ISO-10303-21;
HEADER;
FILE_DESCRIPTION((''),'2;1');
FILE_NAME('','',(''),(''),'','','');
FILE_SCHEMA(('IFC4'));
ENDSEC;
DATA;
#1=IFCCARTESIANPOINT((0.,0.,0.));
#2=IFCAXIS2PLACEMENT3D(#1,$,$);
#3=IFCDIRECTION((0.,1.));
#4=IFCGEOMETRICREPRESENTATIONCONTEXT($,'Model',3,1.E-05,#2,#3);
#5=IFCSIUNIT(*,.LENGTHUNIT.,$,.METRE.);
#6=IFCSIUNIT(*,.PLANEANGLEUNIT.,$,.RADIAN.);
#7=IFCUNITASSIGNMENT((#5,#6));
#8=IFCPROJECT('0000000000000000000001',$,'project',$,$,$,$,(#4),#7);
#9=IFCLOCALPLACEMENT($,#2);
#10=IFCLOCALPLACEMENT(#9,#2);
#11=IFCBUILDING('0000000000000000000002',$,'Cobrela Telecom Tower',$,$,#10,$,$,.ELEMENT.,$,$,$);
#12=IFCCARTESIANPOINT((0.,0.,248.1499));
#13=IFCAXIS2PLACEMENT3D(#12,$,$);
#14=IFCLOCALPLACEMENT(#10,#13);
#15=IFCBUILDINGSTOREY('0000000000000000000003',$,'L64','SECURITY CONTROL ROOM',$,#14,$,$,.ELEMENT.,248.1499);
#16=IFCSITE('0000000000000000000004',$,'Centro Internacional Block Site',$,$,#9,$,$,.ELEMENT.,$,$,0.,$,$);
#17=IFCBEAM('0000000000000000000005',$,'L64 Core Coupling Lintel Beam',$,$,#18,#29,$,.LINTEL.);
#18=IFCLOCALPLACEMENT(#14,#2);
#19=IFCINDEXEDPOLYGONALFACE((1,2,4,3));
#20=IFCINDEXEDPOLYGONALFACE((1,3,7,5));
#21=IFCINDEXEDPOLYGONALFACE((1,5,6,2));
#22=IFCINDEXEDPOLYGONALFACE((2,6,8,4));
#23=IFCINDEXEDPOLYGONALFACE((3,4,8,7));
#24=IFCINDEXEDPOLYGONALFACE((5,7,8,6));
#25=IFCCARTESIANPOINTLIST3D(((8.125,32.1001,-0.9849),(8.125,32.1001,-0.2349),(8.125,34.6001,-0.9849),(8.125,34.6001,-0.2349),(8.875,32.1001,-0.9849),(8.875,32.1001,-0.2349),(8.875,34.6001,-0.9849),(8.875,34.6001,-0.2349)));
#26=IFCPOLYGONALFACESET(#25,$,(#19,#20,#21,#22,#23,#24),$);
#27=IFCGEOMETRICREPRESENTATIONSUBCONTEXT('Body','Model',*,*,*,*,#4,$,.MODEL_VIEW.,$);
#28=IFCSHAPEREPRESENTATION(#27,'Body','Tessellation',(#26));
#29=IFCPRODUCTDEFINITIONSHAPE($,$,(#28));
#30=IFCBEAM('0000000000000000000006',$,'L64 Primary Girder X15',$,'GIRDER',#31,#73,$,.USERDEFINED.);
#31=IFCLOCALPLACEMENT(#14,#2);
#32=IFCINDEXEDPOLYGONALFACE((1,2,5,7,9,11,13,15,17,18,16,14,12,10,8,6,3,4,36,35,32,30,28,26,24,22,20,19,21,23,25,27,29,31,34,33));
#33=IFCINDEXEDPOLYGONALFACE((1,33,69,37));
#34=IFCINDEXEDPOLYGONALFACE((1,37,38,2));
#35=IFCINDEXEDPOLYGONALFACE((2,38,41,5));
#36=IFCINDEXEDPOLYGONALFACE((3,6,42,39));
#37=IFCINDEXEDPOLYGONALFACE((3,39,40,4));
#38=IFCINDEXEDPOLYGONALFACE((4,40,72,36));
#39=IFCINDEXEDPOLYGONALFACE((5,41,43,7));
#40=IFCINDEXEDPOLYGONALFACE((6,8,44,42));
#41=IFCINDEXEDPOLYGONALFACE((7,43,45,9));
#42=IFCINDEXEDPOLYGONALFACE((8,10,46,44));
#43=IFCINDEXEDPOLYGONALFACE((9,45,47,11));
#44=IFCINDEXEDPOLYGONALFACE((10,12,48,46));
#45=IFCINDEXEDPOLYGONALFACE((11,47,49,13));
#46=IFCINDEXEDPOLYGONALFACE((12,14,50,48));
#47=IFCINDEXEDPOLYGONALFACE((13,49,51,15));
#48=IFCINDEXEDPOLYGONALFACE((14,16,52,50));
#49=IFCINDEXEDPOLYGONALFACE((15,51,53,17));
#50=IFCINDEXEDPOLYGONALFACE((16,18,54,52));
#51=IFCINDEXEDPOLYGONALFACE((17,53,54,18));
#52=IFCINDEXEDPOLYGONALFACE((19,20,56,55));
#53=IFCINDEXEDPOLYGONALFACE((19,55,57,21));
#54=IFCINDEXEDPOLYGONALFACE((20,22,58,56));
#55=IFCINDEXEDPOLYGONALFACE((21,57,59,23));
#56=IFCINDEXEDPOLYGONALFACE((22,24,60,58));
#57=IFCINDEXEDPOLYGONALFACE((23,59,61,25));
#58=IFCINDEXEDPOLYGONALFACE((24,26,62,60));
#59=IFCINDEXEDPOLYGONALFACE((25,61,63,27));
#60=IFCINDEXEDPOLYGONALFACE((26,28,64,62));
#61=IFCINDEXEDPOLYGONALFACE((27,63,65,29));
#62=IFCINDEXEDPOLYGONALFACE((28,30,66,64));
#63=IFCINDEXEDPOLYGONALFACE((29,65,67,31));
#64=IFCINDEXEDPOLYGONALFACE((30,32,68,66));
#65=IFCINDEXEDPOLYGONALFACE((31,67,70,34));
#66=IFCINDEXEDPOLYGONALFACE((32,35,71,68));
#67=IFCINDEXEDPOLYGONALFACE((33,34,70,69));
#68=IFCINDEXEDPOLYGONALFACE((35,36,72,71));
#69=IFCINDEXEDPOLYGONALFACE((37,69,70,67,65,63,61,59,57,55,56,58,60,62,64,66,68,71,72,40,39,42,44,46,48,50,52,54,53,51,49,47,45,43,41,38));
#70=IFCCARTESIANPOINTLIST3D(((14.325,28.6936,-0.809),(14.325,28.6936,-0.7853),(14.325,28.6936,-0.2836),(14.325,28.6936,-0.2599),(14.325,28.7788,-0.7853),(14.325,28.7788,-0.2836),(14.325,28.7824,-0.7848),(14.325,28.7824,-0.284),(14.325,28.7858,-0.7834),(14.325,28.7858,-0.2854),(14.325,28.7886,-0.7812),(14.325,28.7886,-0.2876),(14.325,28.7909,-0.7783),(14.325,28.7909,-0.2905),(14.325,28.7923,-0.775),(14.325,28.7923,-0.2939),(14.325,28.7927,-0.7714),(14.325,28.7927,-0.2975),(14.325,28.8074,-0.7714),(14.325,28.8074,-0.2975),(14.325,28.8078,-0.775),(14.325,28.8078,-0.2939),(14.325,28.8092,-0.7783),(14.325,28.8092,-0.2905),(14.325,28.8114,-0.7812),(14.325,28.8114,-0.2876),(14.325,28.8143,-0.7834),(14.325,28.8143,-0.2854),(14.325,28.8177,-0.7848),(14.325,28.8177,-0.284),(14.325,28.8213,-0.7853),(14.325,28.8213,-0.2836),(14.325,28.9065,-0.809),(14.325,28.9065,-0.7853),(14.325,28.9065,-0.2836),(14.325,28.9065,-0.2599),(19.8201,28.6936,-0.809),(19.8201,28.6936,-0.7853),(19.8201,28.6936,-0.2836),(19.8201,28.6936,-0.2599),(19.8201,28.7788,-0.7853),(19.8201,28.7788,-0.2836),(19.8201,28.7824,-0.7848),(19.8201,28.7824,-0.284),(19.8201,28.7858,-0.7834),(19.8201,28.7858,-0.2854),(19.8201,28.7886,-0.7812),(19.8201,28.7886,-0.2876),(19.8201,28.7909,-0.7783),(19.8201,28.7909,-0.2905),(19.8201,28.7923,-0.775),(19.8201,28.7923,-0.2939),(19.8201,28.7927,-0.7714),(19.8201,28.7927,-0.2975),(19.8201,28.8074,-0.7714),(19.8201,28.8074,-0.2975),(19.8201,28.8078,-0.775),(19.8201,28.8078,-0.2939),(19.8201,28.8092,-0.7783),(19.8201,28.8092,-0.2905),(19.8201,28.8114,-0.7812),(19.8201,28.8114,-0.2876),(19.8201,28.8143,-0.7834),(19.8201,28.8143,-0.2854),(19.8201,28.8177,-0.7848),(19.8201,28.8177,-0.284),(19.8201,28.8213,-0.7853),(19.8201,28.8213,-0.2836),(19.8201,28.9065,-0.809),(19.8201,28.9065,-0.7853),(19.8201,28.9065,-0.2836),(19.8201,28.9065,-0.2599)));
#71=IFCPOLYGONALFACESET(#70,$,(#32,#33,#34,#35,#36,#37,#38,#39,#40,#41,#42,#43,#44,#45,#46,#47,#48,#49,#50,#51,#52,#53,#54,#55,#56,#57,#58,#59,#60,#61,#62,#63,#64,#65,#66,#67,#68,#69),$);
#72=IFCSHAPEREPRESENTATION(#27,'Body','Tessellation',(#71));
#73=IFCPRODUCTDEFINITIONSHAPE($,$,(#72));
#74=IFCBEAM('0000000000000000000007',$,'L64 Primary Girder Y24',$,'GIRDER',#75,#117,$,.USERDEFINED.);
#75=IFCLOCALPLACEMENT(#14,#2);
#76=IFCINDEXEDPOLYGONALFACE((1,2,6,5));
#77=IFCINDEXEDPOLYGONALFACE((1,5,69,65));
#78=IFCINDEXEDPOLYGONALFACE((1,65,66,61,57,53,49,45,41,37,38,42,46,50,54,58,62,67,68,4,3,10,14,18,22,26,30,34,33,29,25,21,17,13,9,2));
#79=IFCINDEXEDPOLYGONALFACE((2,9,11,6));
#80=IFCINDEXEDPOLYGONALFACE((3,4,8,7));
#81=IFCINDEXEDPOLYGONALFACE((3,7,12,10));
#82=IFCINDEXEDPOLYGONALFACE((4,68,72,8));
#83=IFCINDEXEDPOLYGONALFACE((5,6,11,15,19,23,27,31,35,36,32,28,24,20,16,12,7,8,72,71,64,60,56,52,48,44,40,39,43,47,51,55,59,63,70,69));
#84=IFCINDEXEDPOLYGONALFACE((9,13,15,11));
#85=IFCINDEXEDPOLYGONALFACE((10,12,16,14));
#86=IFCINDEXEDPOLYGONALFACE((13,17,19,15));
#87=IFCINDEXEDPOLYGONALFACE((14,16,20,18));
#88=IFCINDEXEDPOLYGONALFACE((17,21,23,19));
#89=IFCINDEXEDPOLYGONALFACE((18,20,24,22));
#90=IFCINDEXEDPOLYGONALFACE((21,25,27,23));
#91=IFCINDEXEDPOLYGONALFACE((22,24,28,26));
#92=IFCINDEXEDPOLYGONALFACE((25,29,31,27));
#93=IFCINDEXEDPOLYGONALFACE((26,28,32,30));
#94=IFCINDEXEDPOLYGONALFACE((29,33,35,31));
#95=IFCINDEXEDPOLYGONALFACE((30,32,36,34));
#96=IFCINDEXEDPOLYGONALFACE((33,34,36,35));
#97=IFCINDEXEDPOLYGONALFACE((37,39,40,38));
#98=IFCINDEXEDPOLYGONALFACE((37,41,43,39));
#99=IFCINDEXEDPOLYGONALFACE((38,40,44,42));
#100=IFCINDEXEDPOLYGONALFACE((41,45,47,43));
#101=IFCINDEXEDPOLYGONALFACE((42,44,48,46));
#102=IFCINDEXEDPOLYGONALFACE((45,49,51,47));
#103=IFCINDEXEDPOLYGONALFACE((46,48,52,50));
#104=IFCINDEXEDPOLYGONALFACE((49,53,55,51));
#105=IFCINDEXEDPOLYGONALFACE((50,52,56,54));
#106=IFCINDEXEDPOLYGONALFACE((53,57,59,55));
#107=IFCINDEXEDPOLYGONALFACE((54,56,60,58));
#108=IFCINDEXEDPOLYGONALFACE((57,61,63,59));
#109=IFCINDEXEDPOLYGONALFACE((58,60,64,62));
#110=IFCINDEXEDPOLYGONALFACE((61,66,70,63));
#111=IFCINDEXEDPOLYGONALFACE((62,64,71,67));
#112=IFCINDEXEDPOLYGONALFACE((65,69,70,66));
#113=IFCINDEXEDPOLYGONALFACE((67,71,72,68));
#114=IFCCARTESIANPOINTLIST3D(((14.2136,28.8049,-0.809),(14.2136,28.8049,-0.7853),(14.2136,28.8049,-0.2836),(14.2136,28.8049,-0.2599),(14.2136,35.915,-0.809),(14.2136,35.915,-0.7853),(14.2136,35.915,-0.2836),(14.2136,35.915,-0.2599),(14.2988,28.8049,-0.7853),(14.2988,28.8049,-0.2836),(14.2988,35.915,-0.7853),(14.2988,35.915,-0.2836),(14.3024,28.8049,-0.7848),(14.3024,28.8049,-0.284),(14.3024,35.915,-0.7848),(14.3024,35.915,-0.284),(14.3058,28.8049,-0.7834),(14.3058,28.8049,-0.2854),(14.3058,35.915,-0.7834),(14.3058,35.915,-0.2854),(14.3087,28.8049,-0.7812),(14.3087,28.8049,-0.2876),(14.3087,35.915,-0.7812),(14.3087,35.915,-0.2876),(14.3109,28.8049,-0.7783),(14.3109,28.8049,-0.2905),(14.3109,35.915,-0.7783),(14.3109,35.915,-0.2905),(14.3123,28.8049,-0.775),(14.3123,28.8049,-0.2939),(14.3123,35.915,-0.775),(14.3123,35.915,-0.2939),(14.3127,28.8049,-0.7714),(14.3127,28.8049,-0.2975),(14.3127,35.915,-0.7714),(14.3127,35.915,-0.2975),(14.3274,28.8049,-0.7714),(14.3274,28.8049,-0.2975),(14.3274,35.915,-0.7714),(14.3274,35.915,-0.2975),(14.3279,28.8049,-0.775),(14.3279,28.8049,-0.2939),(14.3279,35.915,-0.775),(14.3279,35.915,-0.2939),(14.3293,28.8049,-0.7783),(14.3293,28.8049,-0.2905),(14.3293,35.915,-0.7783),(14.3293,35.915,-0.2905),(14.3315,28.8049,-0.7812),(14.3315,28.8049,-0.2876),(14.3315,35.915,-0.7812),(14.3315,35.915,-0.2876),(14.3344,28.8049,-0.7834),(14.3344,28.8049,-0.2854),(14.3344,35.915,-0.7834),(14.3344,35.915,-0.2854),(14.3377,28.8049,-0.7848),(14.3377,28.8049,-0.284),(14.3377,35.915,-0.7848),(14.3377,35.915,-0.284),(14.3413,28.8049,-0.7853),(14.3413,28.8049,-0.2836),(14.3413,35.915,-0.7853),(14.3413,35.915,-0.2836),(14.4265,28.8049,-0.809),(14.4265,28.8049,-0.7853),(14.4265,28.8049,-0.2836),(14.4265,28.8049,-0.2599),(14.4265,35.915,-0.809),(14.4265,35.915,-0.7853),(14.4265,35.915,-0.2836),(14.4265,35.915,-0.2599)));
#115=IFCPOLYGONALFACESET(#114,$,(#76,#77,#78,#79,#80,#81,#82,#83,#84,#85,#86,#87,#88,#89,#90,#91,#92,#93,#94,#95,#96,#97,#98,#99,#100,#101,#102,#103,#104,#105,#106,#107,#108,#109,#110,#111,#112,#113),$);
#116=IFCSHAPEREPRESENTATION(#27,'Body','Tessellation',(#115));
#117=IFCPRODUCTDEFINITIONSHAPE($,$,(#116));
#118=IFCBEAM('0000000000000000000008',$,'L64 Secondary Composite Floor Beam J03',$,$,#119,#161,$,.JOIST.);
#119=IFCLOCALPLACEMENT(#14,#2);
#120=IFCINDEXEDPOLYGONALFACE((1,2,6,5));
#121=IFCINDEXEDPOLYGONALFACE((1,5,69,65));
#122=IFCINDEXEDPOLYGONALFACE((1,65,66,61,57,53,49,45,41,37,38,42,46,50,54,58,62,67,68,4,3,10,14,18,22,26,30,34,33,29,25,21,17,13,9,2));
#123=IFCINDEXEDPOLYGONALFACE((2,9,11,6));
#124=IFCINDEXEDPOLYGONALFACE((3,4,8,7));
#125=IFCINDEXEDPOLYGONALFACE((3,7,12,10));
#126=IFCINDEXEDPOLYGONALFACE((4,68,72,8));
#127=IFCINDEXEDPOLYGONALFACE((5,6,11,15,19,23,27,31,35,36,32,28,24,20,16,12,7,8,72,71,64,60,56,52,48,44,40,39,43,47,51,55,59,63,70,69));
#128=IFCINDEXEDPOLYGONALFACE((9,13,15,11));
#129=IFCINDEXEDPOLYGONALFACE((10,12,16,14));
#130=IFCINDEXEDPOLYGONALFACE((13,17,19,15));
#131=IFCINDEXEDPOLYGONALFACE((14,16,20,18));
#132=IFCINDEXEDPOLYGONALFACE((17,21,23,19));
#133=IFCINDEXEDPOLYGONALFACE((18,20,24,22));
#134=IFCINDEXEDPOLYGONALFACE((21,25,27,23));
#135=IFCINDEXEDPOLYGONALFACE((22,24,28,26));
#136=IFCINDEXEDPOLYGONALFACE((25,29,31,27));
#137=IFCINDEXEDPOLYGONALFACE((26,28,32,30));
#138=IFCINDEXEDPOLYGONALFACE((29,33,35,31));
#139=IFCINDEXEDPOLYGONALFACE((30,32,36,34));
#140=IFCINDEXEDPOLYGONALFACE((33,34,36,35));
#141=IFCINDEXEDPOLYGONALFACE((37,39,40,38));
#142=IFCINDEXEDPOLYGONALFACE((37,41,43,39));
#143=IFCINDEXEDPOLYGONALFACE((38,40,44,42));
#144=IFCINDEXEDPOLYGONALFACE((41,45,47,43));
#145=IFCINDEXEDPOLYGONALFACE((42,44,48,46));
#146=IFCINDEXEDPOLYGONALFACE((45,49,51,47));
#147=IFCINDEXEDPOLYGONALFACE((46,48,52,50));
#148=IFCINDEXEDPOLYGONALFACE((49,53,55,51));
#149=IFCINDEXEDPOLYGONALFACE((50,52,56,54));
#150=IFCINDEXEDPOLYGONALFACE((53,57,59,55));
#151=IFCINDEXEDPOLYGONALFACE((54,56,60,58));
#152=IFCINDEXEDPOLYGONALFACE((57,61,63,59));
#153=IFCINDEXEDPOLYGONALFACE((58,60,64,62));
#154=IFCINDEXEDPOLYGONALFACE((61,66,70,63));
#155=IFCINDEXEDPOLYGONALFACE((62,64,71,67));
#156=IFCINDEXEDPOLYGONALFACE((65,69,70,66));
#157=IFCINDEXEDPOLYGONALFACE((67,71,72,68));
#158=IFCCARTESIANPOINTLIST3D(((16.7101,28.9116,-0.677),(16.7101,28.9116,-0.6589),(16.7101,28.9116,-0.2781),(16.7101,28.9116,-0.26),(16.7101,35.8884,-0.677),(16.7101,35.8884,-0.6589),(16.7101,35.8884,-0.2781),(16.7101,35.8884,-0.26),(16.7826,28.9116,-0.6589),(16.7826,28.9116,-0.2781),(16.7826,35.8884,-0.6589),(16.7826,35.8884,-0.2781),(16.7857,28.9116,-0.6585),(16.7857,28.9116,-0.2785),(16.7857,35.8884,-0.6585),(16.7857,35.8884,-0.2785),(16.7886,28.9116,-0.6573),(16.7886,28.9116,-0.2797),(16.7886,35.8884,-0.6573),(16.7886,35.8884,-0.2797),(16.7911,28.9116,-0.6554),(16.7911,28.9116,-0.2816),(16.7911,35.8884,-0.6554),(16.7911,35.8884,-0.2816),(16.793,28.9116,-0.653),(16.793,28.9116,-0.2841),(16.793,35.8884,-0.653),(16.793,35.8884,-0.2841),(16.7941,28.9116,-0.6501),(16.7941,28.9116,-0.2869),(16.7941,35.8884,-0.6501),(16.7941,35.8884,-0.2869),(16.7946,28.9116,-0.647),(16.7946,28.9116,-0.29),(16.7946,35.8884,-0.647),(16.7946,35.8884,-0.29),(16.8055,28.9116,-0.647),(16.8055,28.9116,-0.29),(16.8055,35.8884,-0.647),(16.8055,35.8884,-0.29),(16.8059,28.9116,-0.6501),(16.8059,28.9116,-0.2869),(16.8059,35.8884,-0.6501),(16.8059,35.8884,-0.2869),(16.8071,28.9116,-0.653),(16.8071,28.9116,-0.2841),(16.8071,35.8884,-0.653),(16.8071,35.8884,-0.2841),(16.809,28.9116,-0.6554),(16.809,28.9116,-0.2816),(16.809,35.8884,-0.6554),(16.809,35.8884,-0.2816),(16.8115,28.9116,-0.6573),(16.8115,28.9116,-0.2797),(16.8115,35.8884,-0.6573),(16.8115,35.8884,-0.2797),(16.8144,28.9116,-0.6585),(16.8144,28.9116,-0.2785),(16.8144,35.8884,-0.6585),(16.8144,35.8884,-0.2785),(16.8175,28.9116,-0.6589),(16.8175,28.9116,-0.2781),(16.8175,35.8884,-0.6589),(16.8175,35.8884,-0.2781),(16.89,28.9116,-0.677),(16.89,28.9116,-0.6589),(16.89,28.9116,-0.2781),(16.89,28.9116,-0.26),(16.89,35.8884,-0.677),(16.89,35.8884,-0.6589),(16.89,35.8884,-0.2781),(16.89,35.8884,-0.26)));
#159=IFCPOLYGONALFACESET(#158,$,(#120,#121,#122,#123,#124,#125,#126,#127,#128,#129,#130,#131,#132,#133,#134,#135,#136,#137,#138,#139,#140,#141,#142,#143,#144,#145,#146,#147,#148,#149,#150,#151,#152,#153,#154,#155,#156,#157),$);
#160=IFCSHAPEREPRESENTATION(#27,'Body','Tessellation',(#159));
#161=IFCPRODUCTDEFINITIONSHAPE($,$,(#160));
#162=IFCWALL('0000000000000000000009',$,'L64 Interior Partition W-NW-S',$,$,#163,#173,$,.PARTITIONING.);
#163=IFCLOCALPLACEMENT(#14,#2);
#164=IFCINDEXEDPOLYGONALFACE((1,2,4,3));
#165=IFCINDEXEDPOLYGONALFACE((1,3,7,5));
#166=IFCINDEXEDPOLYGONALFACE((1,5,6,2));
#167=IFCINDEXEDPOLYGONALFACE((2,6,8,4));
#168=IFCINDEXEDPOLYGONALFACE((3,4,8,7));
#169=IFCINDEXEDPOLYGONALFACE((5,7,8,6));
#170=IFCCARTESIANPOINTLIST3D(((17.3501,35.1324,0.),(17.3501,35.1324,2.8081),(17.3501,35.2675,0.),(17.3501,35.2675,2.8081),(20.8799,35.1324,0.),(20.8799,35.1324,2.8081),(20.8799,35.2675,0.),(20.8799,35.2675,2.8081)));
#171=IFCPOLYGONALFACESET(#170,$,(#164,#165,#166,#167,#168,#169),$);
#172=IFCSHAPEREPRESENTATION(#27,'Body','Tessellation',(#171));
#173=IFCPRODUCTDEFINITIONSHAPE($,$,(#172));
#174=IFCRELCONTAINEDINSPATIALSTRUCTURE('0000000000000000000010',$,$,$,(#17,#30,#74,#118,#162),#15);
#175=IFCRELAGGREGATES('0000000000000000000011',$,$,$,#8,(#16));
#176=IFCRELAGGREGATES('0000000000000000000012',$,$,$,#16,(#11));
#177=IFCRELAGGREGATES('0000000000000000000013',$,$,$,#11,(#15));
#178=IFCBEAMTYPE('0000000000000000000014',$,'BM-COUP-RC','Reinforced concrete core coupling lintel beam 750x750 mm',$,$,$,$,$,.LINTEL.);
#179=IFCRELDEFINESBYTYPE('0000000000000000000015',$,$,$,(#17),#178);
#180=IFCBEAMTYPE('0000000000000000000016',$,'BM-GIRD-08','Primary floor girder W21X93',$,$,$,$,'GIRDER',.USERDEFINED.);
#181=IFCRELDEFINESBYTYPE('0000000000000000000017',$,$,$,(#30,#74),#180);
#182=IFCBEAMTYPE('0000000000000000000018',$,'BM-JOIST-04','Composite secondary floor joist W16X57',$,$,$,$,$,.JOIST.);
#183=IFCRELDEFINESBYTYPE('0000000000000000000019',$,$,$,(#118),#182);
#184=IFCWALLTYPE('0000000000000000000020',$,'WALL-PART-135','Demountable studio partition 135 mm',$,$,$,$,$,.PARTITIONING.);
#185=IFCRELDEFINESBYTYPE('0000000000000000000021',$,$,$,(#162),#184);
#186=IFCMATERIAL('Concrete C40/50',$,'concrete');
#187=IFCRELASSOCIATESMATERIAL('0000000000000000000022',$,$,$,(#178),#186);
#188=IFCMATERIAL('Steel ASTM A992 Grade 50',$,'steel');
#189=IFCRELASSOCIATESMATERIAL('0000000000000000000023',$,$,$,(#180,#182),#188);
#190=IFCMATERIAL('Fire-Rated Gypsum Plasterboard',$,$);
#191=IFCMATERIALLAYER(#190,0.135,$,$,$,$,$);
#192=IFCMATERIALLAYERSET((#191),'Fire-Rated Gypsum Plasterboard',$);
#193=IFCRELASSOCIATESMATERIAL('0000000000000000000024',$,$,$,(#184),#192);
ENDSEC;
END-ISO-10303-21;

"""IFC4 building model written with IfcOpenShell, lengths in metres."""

from ifc_helpers import new_model, si_unit, direction, frame, frame_2d, origin, origin_2d, place, context, subcontext, project, spatial, rectangle, i_section, extrude, material, layer, layer_set, material_profile, profile_set, type_object, element, save


model = new_model("IFC4")

# Units and contexts
model_context = context("Model", 3, precision=1e-05, world=origin(), true_north=direction((0.0, 1.0)))
body_context = subcontext(model_context, "Body", "Model", "MODEL_VIEW")
ifc_project = project(units=[si_unit("LENGTHUNIT", "METRE"), si_unit("PLANEANGLEUNIT", "RADIAN")], contexts=[model_context])

# Site, building, storey
site_placement = place(None, origin())
site = spatial("IfcSite", under=ifc_project, at=site_placement, Name="Centro Internacional Block Site", CompositionType="ELEMENT", RefElevation=0.0)
building_placement = place(site_placement, origin())
building = spatial("IfcBuilding", under=site, at=building_placement, Name="Cobrela Telecom Tower", CompositionType="ELEMENT")
storey_placement = place(building_placement, frame((0.0, 0.0, 248.1499)))
storey = spatial("IfcBuildingStorey", under=building, at=storey_placement, Name="L64", Description="SECURITY CONTROL ROOM", CompositionType="ELEMENT", Elevation=248.1499)

# Beams
ifc_material_1 = material(Name="Concrete C40/50", Category="concrete")
ifc_material_profile_1 = material_profile(ifc_material_1, rectangle(XDim=0.75, YDim=0.75, at=origin_2d()), Name="RC 750x750")
ifc_profile_set_1 = profile_set([ifc_material_profile_1], Name="Concrete C40/50")
beam_type_1 = type_object("IfcBeamType", Name="BM-COUP-RC", Description="Reinforced concrete core coupling lintel beam 750x750 mm", PredefinedType="LINTEL", material=ifc_profile_set_1)
beam_1_placement = place(storey_placement, frame((8.5, 32.1001, -0.6099), z_axis=(0.0, 1.0, 0.0), x_axis=(-1.0, 0.0, 0.0)))
element("IfcBeam", 1, at=beam_1_placement, inside=storey, type_object=beam_type_1, Name="L64 Core Coupling Lintel Beam", PredefinedType="LINTEL", context=body_context, shape_type="SweptSolid", body=[
    extrude(rectangle(XDim=0.75, YDim=0.75, at=origin_2d()), origin(), (0.0, 0.0, 1.0), 2.5),
])
ifc_material_2 = material(Name="Steel ASTM A992 Grade 50", Category="steel")
ifc_material_profile_2 = material_profile(ifc_material_2, i_section(OverallWidth=0.2129, OverallDepth=0.5491, WebThickness=0.0146, FlangeThickness=0.0237, FilletRadius=0.0139, at=origin_2d()), Name="W21X93")
ifc_profile_set_2 = profile_set([ifc_material_profile_2], Name="Steel ASTM A992 Grade 50")
beam_type_2 = type_object("IfcBeamType", Name="BM-GIRD-08", Description="Primary floor girder W21X93", ElementType="GIRDER", PredefinedType="USERDEFINED", material=ifc_profile_set_2)
beam_2_placement = place(storey_placement, frame((14.325, 28.8, -0.5344), z_axis=(1.0, 0.0, 0.0), x_axis=(0.0, 1.0, 0.0)))
element("IfcBeam", 2, at=beam_2_placement, inside=storey, type_object=beam_type_2, Name="L64 Primary Girder X15", ObjectType="GIRDER", PredefinedType="USERDEFINED", context=body_context, shape_type="SweptSolid", body=[
    extrude(i_section(OverallWidth=0.2129, OverallDepth=0.5491, WebThickness=0.0146, FlangeThickness=0.0237, FilletRadius=0.0139, at=origin_2d()), origin(), (0.0, 0.0, 1.0), 5.4951),
])
beam_3_placement = place(storey_placement, frame((14.3201, 28.8049, -0.5344), z_axis=(0.0, 1.0, 0.0), x_axis=(-1.0, 0.0, 0.0)))
element("IfcBeam", 3, at=beam_3_placement, inside=storey, type_object=beam_type_2, Name="L64 Primary Girder Y24", ObjectType="GIRDER", PredefinedType="USERDEFINED", context=body_context, shape_type="SweptSolid", body=[
    extrude(i_section(OverallWidth=0.2129, OverallDepth=0.5491, WebThickness=0.0146, FlangeThickness=0.0237, FilletRadius=0.0139, at=origin_2d()), origin(), (0.0, 0.0, 1.0), 7.1101),
])
ifc_material_profile_3 = material_profile(ifc_material_2, i_section(OverallWidth=0.1799, OverallDepth=0.417, WebThickness=0.011, FlangeThickness=0.0181, FilletRadius=0.012, at=origin_2d()), Name="W16X57")
ifc_profile_set_3 = profile_set([ifc_material_profile_3], Name="Steel ASTM A992 Grade 50")
beam_type_3 = type_object("IfcBeamType", Name="BM-JOIST-04", Description="Composite secondary floor joist W16X57", PredefinedType="JOIST", material=ifc_profile_set_3)
beam_4_placement = place(storey_placement, frame((16.8, 28.9116, -0.4685), z_axis=(0.0, 1.0, 0.0), x_axis=(-1.0, 0.0, 0.0)))
element("IfcBeam", 4, at=beam_4_placement, inside=storey, type_object=beam_type_3, Name="L64 Secondary Composite Floor Beam J03", PredefinedType="JOIST", context=body_context, shape_type="SweptSolid", body=[
    extrude(i_section(OverallWidth=0.1799, OverallDepth=0.417, WebThickness=0.011, FlangeThickness=0.0181, FilletRadius=0.012, at=origin_2d()), origin(), (0.0, 0.0, 1.0), 6.9768),
])

# Wall
ifc_material_3 = material(Name="Fire-Rated Gypsum Plasterboard")
ifc_layer_1 = layer(ifc_material_3, 0.135)
ifc_layer_set_1 = layer_set([ifc_layer_1], Name="Fire-Rated Gypsum Plasterboard")
wall_type_1 = type_object("IfcWallType", Name="WALL-PART-135", Description="Demountable studio partition 135 mm", PredefinedType="PARTITIONING", material=ifc_layer_set_1)
wall_1_placement = place(storey_placement, frame((17.3501, 35.2, 0.0), z_axis=(0.0, 0.0, 1.0), x_axis=(1.0, 0.0, 0.0)))
element("IfcWall", 5, at=wall_1_placement, inside=storey, type_object=wall_type_1, Name="L64 Interior Partition W-NW-S", PredefinedType="PARTITIONING", context=body_context, shape_type="SweptSolid", body=[
    extrude(rectangle(XDim=3.5298, YDim=0.135, at=frame_2d((1.7649, 0.0))), origin(), (0.0, 0.0, 1.0), 2.8081),
])

save(model, "model.ifc")
